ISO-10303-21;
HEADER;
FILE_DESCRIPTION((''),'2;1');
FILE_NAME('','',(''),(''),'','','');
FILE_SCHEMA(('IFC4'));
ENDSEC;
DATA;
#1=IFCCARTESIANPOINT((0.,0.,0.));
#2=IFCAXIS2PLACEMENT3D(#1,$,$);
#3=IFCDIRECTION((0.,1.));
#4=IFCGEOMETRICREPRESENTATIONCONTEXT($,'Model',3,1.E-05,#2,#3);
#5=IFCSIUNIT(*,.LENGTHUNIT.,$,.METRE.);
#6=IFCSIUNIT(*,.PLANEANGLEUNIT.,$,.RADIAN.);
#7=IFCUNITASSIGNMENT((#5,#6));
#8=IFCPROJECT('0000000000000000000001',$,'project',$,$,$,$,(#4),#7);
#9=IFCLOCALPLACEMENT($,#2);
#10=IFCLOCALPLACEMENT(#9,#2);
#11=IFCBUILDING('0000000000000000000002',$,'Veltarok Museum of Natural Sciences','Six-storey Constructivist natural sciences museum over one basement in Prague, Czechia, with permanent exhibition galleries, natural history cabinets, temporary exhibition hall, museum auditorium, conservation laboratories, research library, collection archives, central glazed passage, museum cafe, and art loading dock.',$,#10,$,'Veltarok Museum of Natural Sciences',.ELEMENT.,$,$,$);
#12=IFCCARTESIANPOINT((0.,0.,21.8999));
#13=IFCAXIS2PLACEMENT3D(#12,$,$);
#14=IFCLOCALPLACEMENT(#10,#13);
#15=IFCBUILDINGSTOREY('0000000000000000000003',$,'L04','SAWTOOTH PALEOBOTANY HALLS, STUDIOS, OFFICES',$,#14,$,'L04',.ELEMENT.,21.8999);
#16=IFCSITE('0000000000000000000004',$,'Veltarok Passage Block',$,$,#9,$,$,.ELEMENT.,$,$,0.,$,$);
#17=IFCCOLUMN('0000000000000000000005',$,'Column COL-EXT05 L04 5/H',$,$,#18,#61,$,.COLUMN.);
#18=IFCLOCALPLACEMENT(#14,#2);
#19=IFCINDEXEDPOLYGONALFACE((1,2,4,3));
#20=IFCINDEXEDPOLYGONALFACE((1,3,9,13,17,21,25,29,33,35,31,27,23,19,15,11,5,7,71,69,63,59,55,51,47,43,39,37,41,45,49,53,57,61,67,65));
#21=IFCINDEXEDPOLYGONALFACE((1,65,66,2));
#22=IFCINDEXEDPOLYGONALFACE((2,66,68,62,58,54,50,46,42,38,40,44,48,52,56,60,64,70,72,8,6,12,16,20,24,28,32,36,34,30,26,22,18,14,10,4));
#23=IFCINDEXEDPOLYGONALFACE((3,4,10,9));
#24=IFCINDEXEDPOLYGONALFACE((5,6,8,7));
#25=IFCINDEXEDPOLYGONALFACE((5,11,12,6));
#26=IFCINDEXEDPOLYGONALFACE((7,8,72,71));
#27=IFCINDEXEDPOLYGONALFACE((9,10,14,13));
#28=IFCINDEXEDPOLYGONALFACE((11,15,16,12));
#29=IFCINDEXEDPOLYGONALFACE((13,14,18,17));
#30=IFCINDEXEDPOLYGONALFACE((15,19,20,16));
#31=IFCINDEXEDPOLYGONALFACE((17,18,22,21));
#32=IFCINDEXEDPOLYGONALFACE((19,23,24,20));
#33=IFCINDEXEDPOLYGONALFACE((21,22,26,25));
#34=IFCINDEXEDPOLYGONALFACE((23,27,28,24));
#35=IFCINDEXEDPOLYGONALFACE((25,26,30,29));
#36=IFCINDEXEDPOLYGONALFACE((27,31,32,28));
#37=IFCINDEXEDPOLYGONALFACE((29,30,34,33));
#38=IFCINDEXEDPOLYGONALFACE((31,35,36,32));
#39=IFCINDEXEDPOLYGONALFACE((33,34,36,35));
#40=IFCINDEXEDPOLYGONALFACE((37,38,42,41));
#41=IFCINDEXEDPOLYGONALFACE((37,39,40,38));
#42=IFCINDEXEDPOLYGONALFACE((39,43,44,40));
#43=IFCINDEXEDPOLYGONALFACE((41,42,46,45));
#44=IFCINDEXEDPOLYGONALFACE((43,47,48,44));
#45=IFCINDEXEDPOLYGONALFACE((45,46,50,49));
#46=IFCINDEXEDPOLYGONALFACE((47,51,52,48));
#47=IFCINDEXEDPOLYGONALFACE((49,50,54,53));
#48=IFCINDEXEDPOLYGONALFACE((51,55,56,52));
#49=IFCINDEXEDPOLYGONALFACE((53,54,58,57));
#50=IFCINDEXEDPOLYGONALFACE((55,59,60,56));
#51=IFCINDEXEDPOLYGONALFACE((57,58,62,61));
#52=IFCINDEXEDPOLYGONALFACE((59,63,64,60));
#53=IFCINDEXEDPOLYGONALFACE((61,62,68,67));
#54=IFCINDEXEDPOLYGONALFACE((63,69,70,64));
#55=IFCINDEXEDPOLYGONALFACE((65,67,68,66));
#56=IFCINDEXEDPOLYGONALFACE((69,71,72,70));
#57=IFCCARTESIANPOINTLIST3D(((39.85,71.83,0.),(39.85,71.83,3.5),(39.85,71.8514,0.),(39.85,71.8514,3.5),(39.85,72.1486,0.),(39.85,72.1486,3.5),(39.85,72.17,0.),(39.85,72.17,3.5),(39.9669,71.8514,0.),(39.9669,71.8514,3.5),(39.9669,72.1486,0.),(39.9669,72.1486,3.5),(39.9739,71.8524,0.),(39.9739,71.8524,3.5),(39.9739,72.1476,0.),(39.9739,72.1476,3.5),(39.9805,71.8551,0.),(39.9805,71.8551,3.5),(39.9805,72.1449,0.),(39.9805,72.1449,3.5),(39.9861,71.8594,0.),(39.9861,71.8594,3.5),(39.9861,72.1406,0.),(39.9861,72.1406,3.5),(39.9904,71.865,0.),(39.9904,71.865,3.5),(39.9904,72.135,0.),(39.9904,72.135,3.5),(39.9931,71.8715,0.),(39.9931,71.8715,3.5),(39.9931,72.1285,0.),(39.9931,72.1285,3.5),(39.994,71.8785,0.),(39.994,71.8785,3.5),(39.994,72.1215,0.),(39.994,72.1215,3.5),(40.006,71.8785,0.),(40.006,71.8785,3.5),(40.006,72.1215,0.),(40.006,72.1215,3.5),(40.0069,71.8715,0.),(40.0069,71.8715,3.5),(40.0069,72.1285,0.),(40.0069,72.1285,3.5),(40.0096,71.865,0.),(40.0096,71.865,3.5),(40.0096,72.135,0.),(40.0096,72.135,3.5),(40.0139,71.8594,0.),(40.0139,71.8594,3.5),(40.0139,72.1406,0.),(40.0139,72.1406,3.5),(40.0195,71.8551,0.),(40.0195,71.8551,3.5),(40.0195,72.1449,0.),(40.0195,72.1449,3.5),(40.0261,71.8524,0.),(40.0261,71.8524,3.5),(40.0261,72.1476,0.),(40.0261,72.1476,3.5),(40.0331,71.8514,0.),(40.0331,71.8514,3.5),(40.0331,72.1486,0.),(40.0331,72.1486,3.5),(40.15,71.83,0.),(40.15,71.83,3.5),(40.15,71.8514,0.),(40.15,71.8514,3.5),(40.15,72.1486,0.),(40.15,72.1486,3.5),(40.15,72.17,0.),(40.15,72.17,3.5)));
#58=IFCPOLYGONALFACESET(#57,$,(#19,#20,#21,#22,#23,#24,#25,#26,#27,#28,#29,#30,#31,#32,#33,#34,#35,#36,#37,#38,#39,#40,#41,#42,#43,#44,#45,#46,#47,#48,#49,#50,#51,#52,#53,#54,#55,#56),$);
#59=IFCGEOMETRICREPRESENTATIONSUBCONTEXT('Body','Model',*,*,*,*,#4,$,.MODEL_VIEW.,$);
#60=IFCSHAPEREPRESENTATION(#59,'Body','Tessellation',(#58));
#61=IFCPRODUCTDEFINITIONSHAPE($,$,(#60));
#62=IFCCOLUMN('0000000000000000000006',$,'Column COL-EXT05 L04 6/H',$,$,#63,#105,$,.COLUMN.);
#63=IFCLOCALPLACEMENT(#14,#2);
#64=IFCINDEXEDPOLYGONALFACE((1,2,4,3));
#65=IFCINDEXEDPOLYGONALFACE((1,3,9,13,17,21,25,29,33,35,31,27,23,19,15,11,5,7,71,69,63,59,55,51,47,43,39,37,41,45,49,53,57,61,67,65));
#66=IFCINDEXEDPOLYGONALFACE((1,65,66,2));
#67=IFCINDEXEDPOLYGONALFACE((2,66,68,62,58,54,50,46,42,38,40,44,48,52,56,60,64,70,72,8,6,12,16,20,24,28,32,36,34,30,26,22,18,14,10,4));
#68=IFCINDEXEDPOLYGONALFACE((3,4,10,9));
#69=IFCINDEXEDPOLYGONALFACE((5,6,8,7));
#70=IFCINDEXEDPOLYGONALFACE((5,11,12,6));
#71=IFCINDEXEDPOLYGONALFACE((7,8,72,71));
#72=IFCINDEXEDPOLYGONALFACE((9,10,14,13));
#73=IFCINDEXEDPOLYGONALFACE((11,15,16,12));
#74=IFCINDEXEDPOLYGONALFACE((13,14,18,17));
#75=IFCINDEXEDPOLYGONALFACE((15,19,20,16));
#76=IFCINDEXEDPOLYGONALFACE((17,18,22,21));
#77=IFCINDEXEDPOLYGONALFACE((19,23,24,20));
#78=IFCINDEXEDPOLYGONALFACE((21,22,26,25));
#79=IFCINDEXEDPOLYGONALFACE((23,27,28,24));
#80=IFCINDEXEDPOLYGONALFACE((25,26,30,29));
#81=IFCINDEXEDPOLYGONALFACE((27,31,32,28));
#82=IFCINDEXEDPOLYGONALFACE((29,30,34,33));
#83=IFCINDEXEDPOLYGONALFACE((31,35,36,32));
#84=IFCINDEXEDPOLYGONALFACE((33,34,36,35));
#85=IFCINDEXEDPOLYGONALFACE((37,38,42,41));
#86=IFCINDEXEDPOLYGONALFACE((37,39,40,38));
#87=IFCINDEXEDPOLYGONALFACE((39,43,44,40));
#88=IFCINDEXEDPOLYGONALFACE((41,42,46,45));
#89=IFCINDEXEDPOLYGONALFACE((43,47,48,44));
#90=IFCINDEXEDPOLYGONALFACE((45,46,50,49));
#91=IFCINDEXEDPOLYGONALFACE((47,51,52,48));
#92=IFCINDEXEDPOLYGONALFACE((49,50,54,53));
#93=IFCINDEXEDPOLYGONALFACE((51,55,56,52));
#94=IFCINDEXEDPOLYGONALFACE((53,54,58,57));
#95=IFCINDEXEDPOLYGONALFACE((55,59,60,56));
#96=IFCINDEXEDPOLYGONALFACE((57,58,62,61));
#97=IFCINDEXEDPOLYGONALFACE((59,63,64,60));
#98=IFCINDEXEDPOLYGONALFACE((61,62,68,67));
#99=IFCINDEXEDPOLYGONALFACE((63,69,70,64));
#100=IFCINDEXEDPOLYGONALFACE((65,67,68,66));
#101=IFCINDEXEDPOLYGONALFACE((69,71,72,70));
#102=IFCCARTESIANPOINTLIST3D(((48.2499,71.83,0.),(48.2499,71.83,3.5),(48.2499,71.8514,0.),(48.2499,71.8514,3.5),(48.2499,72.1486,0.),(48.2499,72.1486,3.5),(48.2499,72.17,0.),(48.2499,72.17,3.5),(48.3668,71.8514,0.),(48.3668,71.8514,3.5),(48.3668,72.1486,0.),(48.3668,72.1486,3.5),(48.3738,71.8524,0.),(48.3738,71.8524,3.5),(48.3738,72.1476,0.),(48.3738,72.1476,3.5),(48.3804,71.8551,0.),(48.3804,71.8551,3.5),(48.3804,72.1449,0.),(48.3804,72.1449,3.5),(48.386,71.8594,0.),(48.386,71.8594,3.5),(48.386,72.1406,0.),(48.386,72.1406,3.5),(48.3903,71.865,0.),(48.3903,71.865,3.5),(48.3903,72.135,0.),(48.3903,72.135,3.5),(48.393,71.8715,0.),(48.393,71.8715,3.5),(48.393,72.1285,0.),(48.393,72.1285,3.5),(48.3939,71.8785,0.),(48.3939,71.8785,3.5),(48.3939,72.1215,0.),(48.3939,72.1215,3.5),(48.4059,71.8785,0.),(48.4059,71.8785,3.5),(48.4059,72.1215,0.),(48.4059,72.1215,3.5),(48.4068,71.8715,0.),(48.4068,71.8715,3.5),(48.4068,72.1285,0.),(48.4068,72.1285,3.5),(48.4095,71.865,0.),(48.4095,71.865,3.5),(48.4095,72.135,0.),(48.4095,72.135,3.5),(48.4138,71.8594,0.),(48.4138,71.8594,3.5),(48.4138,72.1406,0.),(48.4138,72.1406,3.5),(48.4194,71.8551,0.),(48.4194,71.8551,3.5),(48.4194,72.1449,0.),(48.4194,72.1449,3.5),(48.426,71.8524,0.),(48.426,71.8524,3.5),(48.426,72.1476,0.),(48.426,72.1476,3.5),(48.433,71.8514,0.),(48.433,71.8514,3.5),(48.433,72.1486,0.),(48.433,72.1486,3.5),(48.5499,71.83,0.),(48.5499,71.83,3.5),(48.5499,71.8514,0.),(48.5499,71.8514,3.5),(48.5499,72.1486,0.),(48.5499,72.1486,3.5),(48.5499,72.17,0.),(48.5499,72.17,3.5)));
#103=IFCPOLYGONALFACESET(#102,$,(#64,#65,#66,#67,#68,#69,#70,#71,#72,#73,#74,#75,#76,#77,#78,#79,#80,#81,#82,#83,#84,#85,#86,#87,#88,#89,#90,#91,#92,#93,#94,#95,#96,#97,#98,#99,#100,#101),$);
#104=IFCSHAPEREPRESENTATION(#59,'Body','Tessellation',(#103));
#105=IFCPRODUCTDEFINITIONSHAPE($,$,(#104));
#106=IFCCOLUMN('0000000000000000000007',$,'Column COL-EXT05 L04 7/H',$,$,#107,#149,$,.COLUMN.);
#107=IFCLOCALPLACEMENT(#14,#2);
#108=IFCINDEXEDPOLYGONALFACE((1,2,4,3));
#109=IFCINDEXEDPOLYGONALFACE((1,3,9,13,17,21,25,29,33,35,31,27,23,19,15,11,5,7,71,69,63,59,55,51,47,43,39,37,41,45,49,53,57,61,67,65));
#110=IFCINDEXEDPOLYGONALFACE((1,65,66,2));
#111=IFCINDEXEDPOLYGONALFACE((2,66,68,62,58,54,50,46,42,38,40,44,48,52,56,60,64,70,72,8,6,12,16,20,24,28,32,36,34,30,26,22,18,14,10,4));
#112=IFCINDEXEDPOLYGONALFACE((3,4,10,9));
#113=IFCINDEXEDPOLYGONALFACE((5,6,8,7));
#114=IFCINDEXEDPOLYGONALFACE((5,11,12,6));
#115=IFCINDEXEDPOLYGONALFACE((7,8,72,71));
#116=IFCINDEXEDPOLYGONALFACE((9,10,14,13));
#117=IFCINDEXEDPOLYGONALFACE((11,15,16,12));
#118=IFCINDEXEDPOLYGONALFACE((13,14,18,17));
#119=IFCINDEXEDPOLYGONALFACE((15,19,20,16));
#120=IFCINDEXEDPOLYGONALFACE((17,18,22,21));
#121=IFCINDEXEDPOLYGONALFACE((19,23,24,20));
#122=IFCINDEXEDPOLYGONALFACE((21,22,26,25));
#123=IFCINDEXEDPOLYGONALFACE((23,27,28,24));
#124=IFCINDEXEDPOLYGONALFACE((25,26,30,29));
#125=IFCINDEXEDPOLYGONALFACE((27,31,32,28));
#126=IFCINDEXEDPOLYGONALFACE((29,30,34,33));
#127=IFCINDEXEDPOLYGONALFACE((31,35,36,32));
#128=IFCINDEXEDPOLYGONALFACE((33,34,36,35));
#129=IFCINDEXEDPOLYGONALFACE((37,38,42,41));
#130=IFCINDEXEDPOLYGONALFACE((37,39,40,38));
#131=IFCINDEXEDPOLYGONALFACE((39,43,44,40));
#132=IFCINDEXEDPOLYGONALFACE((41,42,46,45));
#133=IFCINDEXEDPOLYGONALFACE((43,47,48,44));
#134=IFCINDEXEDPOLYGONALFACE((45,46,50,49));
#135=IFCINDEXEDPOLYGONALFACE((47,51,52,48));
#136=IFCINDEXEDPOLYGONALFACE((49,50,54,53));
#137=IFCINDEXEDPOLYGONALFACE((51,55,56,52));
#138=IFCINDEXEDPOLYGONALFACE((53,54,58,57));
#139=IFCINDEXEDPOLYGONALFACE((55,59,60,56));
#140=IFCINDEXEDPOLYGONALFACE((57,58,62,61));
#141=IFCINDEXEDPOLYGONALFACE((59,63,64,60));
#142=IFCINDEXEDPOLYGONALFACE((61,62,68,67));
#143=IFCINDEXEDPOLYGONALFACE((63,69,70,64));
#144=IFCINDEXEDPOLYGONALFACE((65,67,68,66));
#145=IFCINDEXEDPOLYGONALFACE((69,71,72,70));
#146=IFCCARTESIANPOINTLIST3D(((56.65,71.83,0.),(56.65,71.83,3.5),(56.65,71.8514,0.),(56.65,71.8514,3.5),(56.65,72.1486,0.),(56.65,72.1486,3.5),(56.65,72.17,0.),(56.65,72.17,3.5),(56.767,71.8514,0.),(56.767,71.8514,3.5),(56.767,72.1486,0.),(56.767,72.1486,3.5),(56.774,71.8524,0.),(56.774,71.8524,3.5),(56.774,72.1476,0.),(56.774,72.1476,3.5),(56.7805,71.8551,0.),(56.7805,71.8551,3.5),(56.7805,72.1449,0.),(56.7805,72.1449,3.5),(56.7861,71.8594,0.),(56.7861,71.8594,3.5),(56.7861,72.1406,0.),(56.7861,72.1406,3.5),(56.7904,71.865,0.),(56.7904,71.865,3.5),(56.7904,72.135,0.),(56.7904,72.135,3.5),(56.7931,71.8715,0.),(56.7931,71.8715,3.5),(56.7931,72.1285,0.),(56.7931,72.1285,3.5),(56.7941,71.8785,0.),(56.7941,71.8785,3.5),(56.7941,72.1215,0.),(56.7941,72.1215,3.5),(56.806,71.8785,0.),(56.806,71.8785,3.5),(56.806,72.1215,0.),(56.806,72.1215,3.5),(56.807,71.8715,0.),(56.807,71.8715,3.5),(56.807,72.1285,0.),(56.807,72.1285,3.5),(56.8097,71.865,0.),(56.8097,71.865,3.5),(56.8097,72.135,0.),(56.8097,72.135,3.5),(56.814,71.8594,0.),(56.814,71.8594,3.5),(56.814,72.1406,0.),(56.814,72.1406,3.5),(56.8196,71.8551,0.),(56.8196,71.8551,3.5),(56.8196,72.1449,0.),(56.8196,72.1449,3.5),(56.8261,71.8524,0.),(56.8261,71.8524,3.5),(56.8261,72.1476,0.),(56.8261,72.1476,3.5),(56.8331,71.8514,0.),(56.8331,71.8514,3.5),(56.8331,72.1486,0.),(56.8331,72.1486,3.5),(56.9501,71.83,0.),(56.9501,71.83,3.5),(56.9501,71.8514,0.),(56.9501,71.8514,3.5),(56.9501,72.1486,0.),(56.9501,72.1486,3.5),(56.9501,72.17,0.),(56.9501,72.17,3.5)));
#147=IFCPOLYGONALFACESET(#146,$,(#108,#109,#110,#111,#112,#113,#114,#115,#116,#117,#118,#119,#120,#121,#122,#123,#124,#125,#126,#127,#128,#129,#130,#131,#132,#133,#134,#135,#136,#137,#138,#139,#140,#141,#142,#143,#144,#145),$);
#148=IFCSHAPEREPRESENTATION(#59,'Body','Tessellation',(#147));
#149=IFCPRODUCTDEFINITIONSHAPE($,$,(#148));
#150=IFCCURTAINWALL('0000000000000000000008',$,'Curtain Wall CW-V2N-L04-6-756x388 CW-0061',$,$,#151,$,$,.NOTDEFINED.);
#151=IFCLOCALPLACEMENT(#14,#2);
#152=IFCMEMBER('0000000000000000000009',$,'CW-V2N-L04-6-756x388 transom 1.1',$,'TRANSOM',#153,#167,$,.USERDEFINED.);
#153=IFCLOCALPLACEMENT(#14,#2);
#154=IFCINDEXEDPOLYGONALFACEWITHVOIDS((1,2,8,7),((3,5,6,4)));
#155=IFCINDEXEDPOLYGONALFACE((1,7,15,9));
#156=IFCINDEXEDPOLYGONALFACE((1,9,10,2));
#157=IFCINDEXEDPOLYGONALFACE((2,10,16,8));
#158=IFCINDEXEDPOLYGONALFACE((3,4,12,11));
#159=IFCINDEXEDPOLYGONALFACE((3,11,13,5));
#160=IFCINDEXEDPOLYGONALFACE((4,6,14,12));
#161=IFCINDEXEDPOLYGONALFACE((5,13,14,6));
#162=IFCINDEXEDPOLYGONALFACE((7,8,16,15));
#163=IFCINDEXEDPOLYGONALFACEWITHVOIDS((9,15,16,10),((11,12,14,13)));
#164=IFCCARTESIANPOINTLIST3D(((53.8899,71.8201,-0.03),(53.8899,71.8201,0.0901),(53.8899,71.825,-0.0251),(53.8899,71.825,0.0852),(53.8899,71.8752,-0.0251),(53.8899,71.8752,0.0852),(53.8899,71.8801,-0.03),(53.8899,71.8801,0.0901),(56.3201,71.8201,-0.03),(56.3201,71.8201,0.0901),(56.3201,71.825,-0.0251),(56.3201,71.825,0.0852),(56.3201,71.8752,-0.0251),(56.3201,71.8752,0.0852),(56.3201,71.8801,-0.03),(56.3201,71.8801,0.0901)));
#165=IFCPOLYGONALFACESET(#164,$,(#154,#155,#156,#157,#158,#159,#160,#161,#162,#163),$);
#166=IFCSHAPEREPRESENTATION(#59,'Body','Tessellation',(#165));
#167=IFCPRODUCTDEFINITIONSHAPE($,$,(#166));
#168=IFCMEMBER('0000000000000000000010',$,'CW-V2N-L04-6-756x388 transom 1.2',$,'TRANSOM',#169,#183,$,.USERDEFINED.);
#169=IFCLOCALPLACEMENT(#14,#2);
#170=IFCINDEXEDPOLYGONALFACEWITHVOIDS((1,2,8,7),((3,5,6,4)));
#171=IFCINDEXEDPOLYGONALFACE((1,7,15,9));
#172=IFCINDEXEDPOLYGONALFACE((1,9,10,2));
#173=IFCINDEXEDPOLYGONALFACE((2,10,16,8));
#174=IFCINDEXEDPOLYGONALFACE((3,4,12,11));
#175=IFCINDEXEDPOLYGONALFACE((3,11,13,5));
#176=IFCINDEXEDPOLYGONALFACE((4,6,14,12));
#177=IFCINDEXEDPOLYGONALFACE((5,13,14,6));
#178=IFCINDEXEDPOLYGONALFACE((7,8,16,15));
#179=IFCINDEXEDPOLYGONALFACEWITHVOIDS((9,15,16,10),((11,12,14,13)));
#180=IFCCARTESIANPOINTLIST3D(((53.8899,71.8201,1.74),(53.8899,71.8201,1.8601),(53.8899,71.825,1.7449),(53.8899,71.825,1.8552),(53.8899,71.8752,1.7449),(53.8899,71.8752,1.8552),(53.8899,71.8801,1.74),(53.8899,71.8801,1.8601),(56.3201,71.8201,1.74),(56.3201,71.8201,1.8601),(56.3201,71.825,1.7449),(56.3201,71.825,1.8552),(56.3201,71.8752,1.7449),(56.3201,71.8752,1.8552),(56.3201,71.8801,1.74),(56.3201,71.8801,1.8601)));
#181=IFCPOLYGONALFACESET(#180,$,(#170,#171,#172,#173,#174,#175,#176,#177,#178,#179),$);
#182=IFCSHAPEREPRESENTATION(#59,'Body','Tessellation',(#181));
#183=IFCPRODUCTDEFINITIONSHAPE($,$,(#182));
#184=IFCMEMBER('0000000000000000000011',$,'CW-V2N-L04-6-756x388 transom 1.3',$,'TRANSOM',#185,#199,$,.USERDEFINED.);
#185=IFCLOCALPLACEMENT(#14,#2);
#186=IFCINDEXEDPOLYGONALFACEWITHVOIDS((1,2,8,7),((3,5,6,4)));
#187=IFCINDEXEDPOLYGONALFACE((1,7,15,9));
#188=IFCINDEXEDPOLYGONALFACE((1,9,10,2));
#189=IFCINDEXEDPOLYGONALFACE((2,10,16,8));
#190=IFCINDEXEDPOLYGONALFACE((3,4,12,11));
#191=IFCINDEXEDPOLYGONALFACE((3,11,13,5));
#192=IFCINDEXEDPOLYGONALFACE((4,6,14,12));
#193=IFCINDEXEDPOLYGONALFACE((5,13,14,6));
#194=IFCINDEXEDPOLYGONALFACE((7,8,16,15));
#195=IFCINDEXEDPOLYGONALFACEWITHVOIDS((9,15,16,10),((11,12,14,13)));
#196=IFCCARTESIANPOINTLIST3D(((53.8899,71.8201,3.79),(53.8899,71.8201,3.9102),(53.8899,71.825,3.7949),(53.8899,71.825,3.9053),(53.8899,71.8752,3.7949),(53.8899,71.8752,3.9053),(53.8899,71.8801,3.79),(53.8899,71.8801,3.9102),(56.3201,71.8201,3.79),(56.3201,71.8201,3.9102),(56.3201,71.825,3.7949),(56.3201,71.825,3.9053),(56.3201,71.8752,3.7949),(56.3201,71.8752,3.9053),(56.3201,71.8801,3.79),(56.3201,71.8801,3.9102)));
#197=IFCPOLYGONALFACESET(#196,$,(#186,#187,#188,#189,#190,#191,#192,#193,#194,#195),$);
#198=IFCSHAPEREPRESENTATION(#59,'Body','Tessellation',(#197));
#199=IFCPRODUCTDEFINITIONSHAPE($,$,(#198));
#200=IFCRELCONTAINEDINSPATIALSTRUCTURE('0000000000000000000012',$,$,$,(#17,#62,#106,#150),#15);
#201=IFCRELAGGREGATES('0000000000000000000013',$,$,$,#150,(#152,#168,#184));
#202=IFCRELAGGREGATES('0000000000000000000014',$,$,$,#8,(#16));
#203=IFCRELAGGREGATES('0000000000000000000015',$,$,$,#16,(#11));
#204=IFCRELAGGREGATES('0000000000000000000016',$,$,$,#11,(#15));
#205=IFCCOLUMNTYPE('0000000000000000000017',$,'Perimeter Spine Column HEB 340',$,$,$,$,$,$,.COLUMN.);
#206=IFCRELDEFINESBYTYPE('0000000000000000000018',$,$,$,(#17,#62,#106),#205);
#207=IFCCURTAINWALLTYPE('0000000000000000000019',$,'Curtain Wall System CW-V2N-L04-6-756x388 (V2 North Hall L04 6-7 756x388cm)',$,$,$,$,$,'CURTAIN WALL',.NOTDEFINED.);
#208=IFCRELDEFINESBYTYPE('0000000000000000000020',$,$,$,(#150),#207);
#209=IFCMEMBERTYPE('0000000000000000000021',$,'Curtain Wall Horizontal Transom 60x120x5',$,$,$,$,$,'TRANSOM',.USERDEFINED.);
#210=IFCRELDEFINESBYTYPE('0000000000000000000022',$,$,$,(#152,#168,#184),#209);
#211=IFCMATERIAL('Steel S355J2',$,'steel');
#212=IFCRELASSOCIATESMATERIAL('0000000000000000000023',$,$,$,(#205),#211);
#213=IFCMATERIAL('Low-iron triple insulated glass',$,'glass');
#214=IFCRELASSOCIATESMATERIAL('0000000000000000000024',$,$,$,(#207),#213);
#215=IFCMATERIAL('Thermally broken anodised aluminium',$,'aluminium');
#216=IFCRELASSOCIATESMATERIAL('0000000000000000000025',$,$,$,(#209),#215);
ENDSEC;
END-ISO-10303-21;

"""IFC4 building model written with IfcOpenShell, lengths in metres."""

from ifc_helpers import new_model, si_unit, direction, frame, origin, origin_2d, place, context, subcontext, project, spatial, hollow_rectangle, i_section, extrude, material, material_profile, profile_set, type_object, element, aggregate, save


model = new_model("IFC4")

# Units and contexts
model_context = context("Model", 3, precision=1e-05, world=origin(), true_north=direction((0.0, 1.0)))
body_context = subcontext(model_context, "Body", "Model", "MODEL_VIEW")
ifc_project = project(units=[si_unit("LENGTHUNIT", "METRE"), si_unit("PLANEANGLEUNIT", "RADIAN")], contexts=[model_context])

# Site, building, storey
site_placement = place(None, origin())
site = spatial("IfcSite", under=ifc_project, at=site_placement, Name="Veltarok Passage Block", CompositionType="ELEMENT", RefElevation=0.0)
building_placement = place(site_placement, origin())
building = spatial("IfcBuilding", under=site, at=building_placement, Name="Veltarok Museum of Natural Sciences", Description="Six-storey Constructivist natural sciences museum over one basement in Prague, Czechia, with permanent exhibition galleries, natural history cabinets, temporary exhibition hall, museum auditorium, conservation laboratories, research library, collection archives, central glazed passage, museum cafe, and art loading dock.", LongName="Veltarok Museum of Natural Sciences", CompositionType="ELEMENT")
storey_placement = place(building_placement, frame((0.0, 0.0, 21.8999)))
storey = spatial("IfcBuildingStorey", under=building, at=storey_placement, Name="L04", Description="SAWTOOTH PALEOBOTANY HALLS, STUDIOS, OFFICES", LongName="L04", CompositionType="ELEMENT", Elevation=21.8999)

# Columns
ifc_material_1 = material(Name="Steel S355J2", Category="steel")
ifc_material_profile_1 = material_profile(ifc_material_1, i_section(OverallWidth=0.3, OverallDepth=0.3401, WebThickness=0.012, FlangeThickness=0.0215, FilletRadius=0.0271, at=origin_2d()), Name="HEB 340")
ifc_profile_set_1 = profile_set([ifc_material_profile_1], Name="Steel S355J2")
column_type = type_object("IfcColumnType", Name="Perimeter Spine Column HEB 340", PredefinedType="COLUMN", material=ifc_profile_set_1)
for number, where, z_axis, x_axis, name in (
    (1, (40.0, 72.0, 0.0), (0.0, 0.0, 1.0), (1.0, 0.0, 0.0), "Column COL-EXT05 L04 5/H"),
    (2, (48.3999, 72.0, 0.0), (0.0, 0.0, 1.0), (1.0, 0.0, 0.0), "Column COL-EXT05 L04 6/H"),
    (3, (56.8, 72.0, 0.0), (0.0, 0.0, 1.0), (1.0, 0.0, 0.0), "Column COL-EXT05 L04 7/H"),
):
    element("IfcColumn", number, at=place(storey_placement, frame(where, z_axis=z_axis, x_axis=x_axis)), inside=storey, type_object=column_type, Name=name, PredefinedType="COLUMN", context=body_context, shape_type="SweptSolid", body=[
        extrude(i_section(OverallWidth=0.3, OverallDepth=0.3401, WebThickness=0.012, FlangeThickness=0.0215, FilletRadius=0.0271, at=origin_2d()), origin(), (0.0, 0.0, 1.0), 3.5),
    ])

# Curtain wall, members
ifc_material_2 = material(Name="Low-iron triple insulated glass", Category="glass")
curtain_wall_type = type_object("IfcCurtainWallType", Name="Curtain Wall System CW-V2N-L04-6-756x388 (V2 North Hall L04 6-7 756x388cm)", ElementType="CURTAIN WALL", PredefinedType="NOTDEFINED", material=ifc_material_2)
curtain_wall_placement = place(storey_placement, origin())
curtain_wall = element("IfcCurtainWall", 4, at=curtain_wall_placement, inside=storey, type_object=curtain_wall_type, Name="Curtain Wall CW-V2N-L04-6-756x388 CW-0061", PredefinedType="NOTDEFINED")
ifc_material_3 = material(Name="Thermally broken anodised aluminium", Category="aluminium")
ifc_material_profile_2 = material_profile(ifc_material_3, hollow_rectangle(XDim=0.0601, YDim=0.1201, WallThickness=0.0049, at=origin_2d()), Name="CW TRANSOM 60x120x5")
ifc_profile_set_2 = profile_set([ifc_material_profile_2], Name="Thermally broken anodised aluminium")
member_type_1 = type_object("IfcMemberType", Name="Curtain Wall Horizontal Transom 60x120x5", ElementType="TRANSOM", PredefinedType="USERDEFINED", material=ifc_profile_set_2)
member_1_placement = place(storey_placement, frame((56.3201, 71.8501, 0.03), z_axis=(-1.0, 0.0, 0.0), x_axis=(0.0, -1.0, 0.0)))
member_1 = element("IfcMember", 5, at=member_1_placement, type_object=member_type_1, Name="CW-V2N-L04-6-756x388 transom 1.1", ObjectType="TRANSOM", PredefinedType="USERDEFINED", context=body_context, shape_type="SweptSolid", body=[
    extrude(hollow_rectangle(XDim=0.0601, YDim=0.1201, WallThickness=0.0049, at=origin_2d()), origin(), (0.0, 0.0, 1.0), 2.4302),
])
member_2_placement = place(storey_placement, frame((56.3201, 71.8501, 1.8), z_axis=(-1.0, 0.0, 0.0), x_axis=(0.0, -1.0, 0.0)))
member_2 = element("IfcMember", 6, at=member_2_placement, type_object=member_type_1, Name="CW-V2N-L04-6-756x388 transom 1.2", ObjectType="TRANSOM", PredefinedType="USERDEFINED", context=body_context, shape_type="SweptSolid", body=[
    extrude(hollow_rectangle(XDim=0.0601, YDim=0.1201, WallThickness=0.0049, at=origin_2d()), origin(), (0.0, 0.0, 1.0), 2.4302),
])
member_3_placement = place(storey_placement, frame((56.3201, 71.8501, 3.8501), z_axis=(-1.0, 0.0, 0.0), x_axis=(0.0, -1.0, 0.0)))
member_3 = element("IfcMember", 7, at=member_3_placement, type_object=member_type_1, Name="CW-V2N-L04-6-756x388 transom 1.3", ObjectType="TRANSOM", PredefinedType="USERDEFINED", context=body_context, shape_type="SweptSolid", body=[
    extrude(hollow_rectangle(XDim=0.0601, YDim=0.1201, WallThickness=0.0049, at=origin_2d()), origin(), (0.0, 0.0, 1.0), 2.4302),
])

aggregate(curtain_wall, [member_1, member_2, member_3])

save(model, "model.ifc")
